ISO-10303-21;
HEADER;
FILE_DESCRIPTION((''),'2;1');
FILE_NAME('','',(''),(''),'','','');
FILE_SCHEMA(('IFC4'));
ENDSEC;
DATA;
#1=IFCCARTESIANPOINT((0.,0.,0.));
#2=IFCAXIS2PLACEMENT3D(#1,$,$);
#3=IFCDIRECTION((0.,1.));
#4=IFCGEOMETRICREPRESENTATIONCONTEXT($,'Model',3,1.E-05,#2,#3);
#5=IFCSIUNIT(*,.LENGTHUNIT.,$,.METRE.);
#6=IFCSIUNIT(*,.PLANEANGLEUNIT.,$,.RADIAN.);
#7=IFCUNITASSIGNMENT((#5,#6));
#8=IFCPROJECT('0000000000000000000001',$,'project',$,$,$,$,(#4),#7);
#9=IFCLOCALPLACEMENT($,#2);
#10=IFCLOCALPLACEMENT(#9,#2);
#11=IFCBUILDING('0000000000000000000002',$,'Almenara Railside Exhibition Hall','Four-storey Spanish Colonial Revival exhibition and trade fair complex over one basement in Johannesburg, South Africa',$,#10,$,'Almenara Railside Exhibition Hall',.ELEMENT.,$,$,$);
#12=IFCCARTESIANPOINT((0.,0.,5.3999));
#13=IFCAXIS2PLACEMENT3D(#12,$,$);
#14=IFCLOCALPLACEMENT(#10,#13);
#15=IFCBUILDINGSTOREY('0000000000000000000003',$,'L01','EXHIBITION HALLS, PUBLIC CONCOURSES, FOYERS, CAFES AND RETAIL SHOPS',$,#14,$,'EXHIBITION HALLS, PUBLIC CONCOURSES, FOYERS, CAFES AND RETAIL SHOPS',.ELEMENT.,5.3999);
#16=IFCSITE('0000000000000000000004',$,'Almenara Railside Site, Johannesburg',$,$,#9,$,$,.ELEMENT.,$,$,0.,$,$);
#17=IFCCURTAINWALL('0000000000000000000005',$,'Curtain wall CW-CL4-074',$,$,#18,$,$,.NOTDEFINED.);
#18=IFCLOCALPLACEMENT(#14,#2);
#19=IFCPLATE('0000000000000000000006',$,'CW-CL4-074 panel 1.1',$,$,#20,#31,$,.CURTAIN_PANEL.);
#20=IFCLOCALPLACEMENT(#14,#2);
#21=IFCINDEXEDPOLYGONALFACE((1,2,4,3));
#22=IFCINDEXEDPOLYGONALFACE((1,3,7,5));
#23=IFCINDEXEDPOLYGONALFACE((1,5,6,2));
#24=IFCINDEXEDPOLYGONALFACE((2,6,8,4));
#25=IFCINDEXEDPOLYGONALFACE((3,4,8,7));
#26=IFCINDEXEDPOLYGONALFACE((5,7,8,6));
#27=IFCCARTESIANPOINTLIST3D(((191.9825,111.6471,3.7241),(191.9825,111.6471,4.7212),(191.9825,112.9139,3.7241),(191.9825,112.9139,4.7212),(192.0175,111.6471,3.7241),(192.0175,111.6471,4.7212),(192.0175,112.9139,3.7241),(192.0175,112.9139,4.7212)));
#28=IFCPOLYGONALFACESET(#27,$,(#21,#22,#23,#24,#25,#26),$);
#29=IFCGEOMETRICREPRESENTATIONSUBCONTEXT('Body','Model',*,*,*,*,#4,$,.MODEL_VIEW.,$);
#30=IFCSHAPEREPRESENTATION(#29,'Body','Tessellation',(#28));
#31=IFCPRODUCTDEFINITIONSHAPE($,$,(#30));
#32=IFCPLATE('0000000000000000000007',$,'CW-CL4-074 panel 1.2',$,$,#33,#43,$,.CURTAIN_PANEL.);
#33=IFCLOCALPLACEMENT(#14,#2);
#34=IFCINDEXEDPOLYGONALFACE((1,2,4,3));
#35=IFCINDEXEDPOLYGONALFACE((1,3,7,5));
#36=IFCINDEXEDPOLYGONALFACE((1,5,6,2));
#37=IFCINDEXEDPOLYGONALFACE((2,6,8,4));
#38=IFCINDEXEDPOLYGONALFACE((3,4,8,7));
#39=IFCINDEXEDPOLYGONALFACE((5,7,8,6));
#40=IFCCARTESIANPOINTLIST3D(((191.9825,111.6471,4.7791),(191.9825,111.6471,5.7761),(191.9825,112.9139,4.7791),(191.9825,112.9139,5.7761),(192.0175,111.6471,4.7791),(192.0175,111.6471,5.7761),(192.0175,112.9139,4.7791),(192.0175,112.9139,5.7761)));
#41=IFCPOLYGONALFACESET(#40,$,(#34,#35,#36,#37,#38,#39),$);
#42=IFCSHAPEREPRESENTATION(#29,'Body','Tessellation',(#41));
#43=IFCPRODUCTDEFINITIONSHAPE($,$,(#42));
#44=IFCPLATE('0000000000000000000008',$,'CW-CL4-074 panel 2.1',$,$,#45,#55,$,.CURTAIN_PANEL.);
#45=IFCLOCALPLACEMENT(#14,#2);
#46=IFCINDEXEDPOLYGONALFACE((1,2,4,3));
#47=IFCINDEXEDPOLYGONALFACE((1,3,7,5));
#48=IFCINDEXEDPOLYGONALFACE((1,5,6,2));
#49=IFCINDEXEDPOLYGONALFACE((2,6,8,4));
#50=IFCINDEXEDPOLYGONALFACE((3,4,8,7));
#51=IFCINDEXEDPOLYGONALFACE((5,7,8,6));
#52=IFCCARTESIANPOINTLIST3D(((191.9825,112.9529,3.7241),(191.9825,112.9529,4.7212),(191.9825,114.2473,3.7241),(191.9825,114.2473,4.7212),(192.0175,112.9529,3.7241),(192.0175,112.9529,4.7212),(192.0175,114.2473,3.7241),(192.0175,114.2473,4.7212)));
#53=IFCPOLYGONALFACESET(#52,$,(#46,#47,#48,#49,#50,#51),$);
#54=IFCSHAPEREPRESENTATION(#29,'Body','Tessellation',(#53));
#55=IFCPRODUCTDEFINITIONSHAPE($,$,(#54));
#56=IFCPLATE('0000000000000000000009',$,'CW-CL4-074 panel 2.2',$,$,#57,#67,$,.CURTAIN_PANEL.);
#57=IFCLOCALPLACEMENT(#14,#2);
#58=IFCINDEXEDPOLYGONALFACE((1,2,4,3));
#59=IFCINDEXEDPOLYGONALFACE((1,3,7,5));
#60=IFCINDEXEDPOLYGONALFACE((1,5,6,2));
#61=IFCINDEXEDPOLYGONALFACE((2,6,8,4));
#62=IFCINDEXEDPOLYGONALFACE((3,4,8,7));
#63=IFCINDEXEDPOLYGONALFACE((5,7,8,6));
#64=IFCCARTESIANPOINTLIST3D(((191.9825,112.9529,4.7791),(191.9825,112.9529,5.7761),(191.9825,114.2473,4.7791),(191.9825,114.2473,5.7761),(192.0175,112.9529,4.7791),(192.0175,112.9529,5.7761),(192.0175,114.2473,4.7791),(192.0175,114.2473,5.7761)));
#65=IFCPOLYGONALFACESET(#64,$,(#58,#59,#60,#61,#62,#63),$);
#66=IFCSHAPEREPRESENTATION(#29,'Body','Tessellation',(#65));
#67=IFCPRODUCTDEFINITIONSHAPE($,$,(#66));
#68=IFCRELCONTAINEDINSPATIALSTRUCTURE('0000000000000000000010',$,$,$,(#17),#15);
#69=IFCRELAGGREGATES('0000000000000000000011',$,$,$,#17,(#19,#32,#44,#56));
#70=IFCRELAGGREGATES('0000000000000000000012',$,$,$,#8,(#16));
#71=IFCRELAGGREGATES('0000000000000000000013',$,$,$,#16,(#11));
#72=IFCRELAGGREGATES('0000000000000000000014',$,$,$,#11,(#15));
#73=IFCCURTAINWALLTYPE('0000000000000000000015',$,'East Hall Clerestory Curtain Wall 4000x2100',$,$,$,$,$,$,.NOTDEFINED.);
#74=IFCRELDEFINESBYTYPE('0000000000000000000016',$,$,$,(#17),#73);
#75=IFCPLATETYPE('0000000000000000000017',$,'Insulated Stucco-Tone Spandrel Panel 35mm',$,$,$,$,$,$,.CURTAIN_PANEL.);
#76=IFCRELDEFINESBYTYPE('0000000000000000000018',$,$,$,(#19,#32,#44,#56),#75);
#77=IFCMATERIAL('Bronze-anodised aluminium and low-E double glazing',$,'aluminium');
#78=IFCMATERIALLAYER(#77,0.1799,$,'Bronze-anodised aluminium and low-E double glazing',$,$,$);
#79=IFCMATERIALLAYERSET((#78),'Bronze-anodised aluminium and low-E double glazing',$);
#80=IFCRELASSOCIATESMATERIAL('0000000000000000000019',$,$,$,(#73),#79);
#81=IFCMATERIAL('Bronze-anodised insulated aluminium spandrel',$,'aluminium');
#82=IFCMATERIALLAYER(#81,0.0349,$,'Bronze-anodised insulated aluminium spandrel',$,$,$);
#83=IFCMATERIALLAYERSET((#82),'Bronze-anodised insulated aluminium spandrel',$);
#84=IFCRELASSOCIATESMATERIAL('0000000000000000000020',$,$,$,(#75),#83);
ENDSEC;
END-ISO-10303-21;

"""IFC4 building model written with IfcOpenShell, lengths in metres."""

from ifc_helpers import new_model, si_unit, direction, frame, origin, origin_2d, place, context, subcontext, project, spatial, rectangle, extrude, material, layer, layer_set, type_object, element, aggregate, save


model = new_model("IFC4")

# Units and contexts
model_context = context("Model", 3, precision=1e-05, world=origin(), true_north=direction((0.0, 1.0)))
body_context = subcontext(model_context, "Body", "Model", "MODEL_VIEW")
ifc_project = project(units=[si_unit("LENGTHUNIT", "METRE"), si_unit("PLANEANGLEUNIT", "RADIAN")], contexts=[model_context])

# Site, building, storey
site_placement = place(None, origin())
site = spatial("IfcSite", under=ifc_project, at=site_placement, Name="Almenara Railside Site, Johannesburg", CompositionType="ELEMENT", RefElevation=0.0)
building_placement = place(site_placement, origin())
building = spatial("IfcBuilding", under=site, at=building_placement, Name="Almenara Railside Exhibition Hall", Description="Four-storey Spanish Colonial Revival exhibition and trade fair complex over one basement in Johannesburg, South Africa", LongName="Almenara Railside Exhibition Hall", CompositionType="ELEMENT")
storey_placement = place(building_placement, frame((0.0, 0.0, 5.3999)))
storey = spatial("IfcBuildingStorey", under=building, at=storey_placement, Name="L01", Description="EXHIBITION HALLS, PUBLIC CONCOURSES, FOYERS, CAFES AND RETAIL SHOPS", LongName="EXHIBITION HALLS, PUBLIC CONCOURSES, FOYERS, CAFES AND RETAIL SHOPS", CompositionType="ELEMENT", Elevation=5.3999)

# Curtain wall
ifc_material_1 = material(Name="Bronze-anodised aluminium and low-E double glazing", Category="aluminium")
ifc_layer_1 = layer(ifc_material_1, 0.1799, Name="Bronze-anodised aluminium and low-E double glazing")
ifc_layer_set_1 = layer_set([ifc_layer_1], Name="Bronze-anodised aluminium and low-E double glazing")
curtain_wall_type = type_object("IfcCurtainWallType", Name="East Hall Clerestory Curtain Wall 4000x2100", PredefinedType="NOTDEFINED", material=ifc_layer_set_1)
curtain_wall_1_placement = place(storey_placement, origin())
curtain_wall_1 = element("IfcCurtainWall", 1, at=curtain_wall_1_placement, inside=storey, type_object=curtain_wall_type, Name="Curtain wall CW-CL4-074", PredefinedType="NOTDEFINED")

# Plates
ifc_material_2 = material(Name="Bronze-anodised insulated aluminium spandrel", Category="aluminium")
ifc_layer_2 = layer(ifc_material_2, 0.0349, Name="Bronze-anodised insulated aluminium spandrel")
ifc_layer_set_2 = layer_set([ifc_layer_2], Name="Bronze-anodised insulated aluminium spandrel")
plate_type_1 = type_object("IfcPlateType", Name="Insulated Stucco-Tone Spandrel Panel 35mm", PredefinedType="CURTAIN_PANEL", material=ifc_layer_set_2)
plate_1_placement = place(storey_placement, frame((192.0, 112.2805, 3.7241), z_axis=(0.0, 0.0, 1.0), x_axis=(0.0, 1.0, 0.0)))
plate_1 = element("IfcPlate", 2, at=plate_1_placement, type_object=plate_type_1, Name="CW-CL4-074 panel 1.1", PredefinedType="CURTAIN_PANEL", context=body_context, shape_type="SweptSolid", body=[
    extrude(rectangle(XDim=1.2668, YDim=0.0349, at=origin_2d()), origin(), (0.0, 0.0, 1.0), 0.9971),
])
plate_2_placement = place(storey_placement, frame((192.0, 112.2805, 4.7791), z_axis=(0.0, 0.0, 1.0), x_axis=(0.0, 1.0, 0.0)))
plate_2 = element("IfcPlate", 3, at=plate_2_placement, type_object=plate_type_1, Name="CW-CL4-074 panel 1.2", PredefinedType="CURTAIN_PANEL", context=body_context, shape_type="SweptSolid", body=[
    extrude(rectangle(XDim=1.2668, YDim=0.0349, at=origin_2d()), origin(), (0.0, 0.0, 1.0), 0.9971),
])
plate_3_placement = place(storey_placement, frame((192.0, 113.6001, 3.7241), z_axis=(0.0, 0.0, 1.0), x_axis=(0.0, 1.0, 0.0)))
plate_3 = element("IfcPlate", 4, at=plate_3_placement, type_object=plate_type_1, Name="CW-CL4-074 panel 2.1", PredefinedType="CURTAIN_PANEL", context=body_context, shape_type="SweptSolid", body=[
    extrude(rectangle(XDim=1.2944, YDim=0.0349, at=origin_2d()), origin(), (0.0, 0.0, 1.0), 0.9971),
])
plate_4_placement = place(storey_placement, frame((192.0, 113.6001, 4.7791), z_axis=(0.0, 0.0, 1.0), x_axis=(0.0, 1.0, 0.0)))
plate_4 = element("IfcPlate", 5, at=plate_4_placement, type_object=plate_type_1, Name="CW-CL4-074 panel 2.2", PredefinedType="CURTAIN_PANEL", context=body_context, shape_type="SweptSolid", body=[
    extrude(rectangle(XDim=1.2944, YDim=0.0349, at=origin_2d()), origin(), (0.0, 0.0, 1.0), 0.9971),
])
aggregate(curtain_wall_1, [plate_1, plate_2, plate_3, plate_4])

save(model, "model.ifc")
